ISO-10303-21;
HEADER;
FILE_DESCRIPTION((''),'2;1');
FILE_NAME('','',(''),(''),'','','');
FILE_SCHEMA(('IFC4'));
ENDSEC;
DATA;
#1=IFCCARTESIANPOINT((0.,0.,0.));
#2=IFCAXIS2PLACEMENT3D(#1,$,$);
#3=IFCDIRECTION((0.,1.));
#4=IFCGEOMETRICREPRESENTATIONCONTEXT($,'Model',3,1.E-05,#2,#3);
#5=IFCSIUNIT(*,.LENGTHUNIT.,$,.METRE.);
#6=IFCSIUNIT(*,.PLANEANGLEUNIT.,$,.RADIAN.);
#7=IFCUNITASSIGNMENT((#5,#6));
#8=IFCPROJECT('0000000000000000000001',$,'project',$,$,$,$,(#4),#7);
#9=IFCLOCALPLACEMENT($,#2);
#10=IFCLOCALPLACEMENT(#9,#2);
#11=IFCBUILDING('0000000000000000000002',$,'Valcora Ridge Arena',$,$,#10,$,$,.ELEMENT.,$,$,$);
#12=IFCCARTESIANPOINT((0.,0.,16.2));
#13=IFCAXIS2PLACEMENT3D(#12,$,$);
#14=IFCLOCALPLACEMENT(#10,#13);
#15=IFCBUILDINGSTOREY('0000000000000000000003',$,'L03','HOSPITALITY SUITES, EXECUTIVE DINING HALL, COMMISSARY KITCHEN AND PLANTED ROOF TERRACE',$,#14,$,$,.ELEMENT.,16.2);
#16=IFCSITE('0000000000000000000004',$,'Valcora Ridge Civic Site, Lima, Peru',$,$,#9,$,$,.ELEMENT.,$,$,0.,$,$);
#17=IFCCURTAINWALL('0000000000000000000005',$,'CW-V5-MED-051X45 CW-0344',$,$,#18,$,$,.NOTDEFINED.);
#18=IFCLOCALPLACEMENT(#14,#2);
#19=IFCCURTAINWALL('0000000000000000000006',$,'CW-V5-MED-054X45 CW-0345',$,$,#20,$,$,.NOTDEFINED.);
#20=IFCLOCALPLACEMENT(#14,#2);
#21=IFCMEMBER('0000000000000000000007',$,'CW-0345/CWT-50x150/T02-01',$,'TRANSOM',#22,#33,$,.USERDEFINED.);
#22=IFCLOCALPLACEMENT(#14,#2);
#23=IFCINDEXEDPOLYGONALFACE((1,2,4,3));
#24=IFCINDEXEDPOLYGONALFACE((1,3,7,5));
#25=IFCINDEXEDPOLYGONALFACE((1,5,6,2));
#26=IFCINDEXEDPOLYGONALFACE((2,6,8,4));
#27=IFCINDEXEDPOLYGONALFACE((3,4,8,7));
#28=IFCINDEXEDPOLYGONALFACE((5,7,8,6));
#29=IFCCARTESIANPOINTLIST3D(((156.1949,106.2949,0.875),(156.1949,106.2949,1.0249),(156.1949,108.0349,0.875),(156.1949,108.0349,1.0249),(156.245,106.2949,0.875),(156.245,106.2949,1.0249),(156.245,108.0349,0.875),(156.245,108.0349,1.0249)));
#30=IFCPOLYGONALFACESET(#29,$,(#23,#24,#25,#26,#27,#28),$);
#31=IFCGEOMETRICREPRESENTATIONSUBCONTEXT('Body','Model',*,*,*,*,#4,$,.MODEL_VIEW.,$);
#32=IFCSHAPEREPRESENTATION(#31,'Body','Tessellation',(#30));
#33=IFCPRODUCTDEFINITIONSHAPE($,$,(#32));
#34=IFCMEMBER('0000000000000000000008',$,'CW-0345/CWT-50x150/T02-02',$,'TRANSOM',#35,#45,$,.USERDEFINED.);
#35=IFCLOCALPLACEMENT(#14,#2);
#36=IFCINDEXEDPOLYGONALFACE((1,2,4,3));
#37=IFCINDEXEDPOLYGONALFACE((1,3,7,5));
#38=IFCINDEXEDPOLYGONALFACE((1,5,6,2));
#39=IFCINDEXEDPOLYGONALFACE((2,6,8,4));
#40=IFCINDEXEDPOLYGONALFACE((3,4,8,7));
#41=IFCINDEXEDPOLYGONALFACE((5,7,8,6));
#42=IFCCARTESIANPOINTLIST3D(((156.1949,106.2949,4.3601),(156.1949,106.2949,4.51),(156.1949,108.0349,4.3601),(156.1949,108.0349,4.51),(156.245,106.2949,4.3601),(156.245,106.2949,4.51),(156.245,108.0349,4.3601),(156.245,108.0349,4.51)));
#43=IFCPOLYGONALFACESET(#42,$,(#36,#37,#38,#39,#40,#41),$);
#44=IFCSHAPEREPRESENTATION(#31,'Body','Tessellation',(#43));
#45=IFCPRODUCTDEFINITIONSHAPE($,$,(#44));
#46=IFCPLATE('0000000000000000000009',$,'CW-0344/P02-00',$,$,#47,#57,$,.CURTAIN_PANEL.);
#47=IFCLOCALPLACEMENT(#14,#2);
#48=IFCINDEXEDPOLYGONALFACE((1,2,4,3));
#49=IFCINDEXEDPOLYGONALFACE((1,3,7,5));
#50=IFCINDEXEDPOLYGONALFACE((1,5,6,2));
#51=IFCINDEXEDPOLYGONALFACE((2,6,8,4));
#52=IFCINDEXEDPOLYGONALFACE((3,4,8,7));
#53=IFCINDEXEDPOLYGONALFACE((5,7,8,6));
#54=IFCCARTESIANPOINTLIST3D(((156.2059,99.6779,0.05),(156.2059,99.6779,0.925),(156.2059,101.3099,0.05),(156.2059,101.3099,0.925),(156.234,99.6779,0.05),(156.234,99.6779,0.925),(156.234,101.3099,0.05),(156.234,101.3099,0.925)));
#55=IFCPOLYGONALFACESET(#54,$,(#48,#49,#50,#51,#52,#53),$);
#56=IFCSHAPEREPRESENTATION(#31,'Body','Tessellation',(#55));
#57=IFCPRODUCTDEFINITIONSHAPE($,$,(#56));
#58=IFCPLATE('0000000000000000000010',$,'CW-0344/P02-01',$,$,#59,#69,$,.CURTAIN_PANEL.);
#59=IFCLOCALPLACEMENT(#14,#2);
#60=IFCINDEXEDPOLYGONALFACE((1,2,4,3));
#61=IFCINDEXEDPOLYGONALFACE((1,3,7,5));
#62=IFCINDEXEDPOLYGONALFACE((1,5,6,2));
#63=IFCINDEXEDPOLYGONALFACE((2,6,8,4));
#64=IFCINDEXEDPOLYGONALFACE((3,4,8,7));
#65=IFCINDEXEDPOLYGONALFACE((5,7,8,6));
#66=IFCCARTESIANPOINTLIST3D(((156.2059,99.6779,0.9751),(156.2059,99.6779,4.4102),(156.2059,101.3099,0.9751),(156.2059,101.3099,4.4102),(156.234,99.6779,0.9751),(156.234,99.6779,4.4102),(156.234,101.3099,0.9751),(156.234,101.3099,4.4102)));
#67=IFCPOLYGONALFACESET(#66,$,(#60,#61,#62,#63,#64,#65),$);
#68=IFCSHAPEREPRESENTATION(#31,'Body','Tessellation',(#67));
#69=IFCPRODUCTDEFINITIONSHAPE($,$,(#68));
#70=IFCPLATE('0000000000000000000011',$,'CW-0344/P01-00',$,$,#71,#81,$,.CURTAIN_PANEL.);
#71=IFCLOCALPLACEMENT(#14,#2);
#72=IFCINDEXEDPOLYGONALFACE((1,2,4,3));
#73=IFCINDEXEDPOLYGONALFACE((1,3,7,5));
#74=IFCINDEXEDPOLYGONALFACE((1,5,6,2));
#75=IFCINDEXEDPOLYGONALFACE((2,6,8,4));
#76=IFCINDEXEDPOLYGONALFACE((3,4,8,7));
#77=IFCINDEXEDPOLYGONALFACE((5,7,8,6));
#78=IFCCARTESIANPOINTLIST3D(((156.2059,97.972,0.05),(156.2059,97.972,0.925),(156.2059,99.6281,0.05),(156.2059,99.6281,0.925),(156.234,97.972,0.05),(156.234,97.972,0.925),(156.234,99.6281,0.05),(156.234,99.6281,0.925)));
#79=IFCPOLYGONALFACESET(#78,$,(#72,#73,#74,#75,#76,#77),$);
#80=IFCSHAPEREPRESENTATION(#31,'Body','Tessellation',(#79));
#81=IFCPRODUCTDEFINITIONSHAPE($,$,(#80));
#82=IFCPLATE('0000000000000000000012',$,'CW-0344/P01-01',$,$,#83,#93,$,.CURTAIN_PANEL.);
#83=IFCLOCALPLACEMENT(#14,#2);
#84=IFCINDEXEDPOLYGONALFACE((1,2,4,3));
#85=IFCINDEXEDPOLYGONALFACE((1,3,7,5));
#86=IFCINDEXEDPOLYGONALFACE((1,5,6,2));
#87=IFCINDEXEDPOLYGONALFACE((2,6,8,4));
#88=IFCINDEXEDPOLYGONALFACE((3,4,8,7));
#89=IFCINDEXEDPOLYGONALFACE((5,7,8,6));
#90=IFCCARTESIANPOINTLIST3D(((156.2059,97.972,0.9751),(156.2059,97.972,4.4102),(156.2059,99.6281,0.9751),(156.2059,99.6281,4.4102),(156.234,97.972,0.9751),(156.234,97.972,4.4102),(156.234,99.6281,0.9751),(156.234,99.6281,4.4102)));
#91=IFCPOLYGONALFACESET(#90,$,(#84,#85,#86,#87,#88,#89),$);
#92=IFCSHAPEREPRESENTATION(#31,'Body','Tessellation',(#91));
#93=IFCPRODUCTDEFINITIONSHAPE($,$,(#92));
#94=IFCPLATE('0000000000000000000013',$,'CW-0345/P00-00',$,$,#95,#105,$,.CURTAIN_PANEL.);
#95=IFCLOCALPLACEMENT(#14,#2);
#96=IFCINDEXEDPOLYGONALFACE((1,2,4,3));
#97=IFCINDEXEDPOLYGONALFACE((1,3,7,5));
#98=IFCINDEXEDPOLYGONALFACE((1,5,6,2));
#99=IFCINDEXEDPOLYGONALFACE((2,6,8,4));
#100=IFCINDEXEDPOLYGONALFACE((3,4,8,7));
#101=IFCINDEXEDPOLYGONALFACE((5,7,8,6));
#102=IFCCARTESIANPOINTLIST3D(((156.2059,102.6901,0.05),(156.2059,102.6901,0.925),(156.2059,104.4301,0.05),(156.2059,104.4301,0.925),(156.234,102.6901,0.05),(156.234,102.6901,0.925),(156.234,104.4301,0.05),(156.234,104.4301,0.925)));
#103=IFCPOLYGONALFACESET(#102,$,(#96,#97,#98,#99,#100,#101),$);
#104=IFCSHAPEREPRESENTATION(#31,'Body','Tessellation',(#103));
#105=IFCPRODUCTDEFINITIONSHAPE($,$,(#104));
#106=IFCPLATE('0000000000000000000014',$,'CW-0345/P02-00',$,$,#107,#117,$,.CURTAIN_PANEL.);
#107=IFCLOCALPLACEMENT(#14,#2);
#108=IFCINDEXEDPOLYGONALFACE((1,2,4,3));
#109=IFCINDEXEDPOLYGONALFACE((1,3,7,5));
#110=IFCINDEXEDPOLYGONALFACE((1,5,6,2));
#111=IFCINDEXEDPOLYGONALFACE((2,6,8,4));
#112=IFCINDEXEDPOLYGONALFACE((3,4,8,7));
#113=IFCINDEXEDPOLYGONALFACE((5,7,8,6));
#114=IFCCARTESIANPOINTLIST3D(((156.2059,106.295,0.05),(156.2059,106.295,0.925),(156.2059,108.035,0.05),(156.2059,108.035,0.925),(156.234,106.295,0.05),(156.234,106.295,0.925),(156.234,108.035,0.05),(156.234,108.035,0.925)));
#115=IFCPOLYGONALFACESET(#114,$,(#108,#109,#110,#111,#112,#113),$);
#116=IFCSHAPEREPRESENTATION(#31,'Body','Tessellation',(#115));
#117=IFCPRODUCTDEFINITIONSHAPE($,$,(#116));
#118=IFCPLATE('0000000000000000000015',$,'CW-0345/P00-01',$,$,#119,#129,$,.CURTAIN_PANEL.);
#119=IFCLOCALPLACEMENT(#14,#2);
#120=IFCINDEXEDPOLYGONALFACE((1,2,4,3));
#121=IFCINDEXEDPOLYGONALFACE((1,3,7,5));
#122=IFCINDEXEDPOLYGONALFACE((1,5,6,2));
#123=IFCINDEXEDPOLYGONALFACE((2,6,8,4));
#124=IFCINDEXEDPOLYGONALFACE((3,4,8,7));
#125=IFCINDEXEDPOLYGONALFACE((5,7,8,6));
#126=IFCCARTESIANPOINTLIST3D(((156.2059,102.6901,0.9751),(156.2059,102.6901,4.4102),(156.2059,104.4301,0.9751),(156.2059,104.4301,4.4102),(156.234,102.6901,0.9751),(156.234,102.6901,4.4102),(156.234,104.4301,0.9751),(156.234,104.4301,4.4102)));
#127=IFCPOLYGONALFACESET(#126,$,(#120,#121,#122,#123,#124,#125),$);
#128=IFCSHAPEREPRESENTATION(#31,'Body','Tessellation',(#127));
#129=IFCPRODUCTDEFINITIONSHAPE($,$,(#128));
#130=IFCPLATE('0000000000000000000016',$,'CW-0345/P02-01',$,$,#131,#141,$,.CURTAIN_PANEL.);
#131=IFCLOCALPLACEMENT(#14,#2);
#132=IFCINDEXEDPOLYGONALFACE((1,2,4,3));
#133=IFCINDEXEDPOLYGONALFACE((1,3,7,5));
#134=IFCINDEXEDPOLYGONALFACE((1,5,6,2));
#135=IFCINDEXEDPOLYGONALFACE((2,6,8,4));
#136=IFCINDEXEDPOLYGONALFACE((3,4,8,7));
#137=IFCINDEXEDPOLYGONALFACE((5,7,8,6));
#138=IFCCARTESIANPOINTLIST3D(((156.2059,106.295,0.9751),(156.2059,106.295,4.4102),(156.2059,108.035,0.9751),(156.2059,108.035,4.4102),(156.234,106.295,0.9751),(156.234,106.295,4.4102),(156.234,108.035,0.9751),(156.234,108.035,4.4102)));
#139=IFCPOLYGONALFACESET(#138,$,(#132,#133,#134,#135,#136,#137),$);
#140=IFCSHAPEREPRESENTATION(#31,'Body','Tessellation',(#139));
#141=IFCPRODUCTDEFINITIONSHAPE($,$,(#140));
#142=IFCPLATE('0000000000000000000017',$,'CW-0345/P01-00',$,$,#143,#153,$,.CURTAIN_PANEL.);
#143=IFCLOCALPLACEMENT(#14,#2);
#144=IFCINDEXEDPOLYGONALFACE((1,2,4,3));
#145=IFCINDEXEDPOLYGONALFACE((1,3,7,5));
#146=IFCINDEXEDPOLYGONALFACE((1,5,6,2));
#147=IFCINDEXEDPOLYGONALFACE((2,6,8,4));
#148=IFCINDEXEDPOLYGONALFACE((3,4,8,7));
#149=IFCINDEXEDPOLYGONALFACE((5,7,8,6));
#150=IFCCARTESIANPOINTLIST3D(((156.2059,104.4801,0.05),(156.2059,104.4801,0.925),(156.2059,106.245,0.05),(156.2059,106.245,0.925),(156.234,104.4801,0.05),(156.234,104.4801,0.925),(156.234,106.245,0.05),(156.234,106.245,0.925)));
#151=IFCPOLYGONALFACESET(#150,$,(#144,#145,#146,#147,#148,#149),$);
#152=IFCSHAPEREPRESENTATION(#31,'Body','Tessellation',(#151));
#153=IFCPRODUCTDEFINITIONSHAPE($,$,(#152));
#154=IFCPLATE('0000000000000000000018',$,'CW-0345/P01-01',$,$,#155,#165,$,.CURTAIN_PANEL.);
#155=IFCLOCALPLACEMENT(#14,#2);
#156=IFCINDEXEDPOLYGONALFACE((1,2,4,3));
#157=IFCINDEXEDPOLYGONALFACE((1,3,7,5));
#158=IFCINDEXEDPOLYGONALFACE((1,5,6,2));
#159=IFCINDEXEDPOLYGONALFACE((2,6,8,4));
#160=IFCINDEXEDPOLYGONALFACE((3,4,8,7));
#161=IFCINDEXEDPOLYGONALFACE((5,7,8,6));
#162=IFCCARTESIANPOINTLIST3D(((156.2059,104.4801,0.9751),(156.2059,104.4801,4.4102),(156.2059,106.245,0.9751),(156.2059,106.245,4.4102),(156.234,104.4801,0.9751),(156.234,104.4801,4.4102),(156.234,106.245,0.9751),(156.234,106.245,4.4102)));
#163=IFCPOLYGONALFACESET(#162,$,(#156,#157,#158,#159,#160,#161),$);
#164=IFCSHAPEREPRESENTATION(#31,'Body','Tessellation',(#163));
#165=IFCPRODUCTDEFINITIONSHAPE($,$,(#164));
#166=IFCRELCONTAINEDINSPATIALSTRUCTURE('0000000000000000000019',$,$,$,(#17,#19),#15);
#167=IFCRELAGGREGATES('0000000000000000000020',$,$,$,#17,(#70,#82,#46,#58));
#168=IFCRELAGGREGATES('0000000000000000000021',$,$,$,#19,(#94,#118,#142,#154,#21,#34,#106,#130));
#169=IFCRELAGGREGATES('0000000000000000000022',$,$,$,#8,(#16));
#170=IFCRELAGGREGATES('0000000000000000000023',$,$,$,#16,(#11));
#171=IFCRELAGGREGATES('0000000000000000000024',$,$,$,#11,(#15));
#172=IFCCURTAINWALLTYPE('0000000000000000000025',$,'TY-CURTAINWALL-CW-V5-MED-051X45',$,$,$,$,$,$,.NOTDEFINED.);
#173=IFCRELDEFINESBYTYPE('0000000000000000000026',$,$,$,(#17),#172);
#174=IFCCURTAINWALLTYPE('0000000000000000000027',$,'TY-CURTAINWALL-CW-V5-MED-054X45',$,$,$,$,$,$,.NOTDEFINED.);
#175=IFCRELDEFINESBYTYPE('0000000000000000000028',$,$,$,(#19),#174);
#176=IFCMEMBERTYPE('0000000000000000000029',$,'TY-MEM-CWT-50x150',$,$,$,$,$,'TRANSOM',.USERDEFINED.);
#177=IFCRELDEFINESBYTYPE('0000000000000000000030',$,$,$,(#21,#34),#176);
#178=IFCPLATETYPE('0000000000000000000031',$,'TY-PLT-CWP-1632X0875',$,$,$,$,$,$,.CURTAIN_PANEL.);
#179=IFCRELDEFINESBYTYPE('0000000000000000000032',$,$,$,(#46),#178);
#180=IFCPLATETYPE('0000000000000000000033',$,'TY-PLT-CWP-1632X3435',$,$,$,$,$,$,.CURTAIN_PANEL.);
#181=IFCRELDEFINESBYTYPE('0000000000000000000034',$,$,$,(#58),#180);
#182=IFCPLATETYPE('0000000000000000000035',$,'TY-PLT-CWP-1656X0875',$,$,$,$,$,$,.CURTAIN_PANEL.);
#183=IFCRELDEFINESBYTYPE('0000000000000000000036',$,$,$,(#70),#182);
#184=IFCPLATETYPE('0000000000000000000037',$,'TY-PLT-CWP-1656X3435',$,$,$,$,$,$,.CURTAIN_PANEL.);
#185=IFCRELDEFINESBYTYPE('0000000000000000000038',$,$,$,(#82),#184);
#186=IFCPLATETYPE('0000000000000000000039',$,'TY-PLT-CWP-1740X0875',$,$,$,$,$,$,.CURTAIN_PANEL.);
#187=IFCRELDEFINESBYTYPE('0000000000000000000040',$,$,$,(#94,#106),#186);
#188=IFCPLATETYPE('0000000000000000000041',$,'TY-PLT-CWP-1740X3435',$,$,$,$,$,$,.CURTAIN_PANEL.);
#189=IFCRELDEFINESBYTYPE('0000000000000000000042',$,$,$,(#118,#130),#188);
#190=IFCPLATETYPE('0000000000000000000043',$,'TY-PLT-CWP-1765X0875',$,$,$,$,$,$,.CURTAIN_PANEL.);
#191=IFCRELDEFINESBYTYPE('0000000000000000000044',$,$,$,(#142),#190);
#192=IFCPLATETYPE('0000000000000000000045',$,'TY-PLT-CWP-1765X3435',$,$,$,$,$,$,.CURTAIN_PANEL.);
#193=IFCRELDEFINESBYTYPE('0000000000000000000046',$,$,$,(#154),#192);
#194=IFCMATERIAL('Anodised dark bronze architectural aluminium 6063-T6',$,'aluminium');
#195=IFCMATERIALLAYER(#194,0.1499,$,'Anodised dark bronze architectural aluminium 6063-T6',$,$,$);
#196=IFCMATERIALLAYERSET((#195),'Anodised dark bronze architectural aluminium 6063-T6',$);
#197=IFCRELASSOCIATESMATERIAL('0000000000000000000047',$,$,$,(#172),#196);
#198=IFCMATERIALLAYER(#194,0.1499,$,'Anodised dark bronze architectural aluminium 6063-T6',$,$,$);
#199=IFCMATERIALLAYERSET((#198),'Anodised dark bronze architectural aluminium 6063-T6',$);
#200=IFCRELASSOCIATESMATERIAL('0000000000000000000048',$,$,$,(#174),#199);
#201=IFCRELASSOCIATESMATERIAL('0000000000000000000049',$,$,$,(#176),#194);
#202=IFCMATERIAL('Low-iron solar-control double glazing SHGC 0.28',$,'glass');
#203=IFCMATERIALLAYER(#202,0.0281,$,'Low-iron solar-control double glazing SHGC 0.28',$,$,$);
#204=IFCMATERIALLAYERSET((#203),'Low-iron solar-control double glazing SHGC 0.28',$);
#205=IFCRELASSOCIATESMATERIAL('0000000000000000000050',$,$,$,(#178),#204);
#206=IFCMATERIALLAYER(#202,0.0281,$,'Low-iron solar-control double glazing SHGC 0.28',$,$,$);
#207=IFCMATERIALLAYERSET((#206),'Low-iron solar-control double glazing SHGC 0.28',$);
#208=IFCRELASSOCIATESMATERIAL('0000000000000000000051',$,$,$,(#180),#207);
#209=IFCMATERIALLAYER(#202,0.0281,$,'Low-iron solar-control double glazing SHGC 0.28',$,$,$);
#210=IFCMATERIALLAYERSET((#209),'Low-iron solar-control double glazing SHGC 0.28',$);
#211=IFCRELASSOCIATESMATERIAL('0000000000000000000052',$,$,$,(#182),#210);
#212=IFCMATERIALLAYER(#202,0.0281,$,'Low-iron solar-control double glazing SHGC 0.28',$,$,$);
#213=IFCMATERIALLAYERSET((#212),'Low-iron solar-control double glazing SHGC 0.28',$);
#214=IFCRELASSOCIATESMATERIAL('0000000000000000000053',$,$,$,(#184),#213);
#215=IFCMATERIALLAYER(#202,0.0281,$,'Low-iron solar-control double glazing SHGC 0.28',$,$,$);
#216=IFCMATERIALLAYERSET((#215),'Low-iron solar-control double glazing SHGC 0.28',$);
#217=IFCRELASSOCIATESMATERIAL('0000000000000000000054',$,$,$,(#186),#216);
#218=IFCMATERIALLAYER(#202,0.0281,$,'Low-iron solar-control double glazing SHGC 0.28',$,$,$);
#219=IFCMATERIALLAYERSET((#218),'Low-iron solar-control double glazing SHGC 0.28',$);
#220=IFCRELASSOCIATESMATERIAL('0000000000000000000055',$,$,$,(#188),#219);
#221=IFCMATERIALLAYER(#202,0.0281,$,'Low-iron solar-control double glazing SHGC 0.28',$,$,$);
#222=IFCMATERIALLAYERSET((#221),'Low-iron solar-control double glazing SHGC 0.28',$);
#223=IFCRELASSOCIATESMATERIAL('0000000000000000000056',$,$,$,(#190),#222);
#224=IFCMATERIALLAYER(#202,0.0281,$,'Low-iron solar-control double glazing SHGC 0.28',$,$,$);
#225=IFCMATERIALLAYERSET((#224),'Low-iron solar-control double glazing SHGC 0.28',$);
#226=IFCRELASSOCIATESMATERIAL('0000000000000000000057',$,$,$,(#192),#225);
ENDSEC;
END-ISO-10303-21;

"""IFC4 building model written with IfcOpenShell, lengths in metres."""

from ifc_helpers import new_model, si_unit, direction, frame, origin, origin_2d, place, context, subcontext, project, spatial, rectangle, extrude, material, layer, layer_set, material_profile, profile_set, type_object, element, aggregate, save


model = new_model("IFC4")

# Units and contexts
model_context = context("Model", 3, precision=1e-05, world=origin(), true_north=direction((0.0, 1.0)))
body_context = subcontext(model_context, "Body", "Model", "MODEL_VIEW")
ifc_project = project(units=[si_unit("LENGTHUNIT", "METRE"), si_unit("PLANEANGLEUNIT", "RADIAN")], contexts=[model_context])

# Site, building, storey
site_placement = place(None, origin())
site = spatial("IfcSite", under=ifc_project, at=site_placement, Name="Valcora Ridge Civic Site, Lima, Peru", CompositionType="ELEMENT", RefElevation=0.0)
building_placement = place(site_placement, origin())
building = spatial("IfcBuilding", under=site, at=building_placement, Name="Valcora Ridge Arena", CompositionType="ELEMENT")
storey_placement = place(building_placement, frame((0.0, 0.0, 16.2)))
storey = spatial("IfcBuildingStorey", under=building, at=storey_placement, Name="L03", Description="HOSPITALITY SUITES, EXECUTIVE DINING HALL, COMMISSARY KITCHEN AND PLANTED ROOF TERRACE", CompositionType="ELEMENT", Elevation=16.2)

# Curtain walls
ifc_material_1 = material(Name="Anodised dark bronze architectural aluminium 6063-T6", Category="aluminium")
ifc_layer_1 = layer(ifc_material_1, 0.1499, Name="Anodised dark bronze architectural aluminium 6063-T6")
ifc_layer_set_1 = layer_set([ifc_layer_1], Name="Anodised dark bronze architectural aluminium 6063-T6")
curtain_wall_type_1 = type_object("IfcCurtainWallType", Name="TY-CURTAINWALL-CW-V5-MED-051X45", PredefinedType="NOTDEFINED", material=ifc_layer_set_1)
curtain_wall_1_placement = place(storey_placement, origin())
curtain_wall_1 = element("IfcCurtainWall", 1, at=curtain_wall_1_placement, inside=storey, type_object=curtain_wall_type_1, Name="CW-V5-MED-051X45 CW-0344", PredefinedType="NOTDEFINED")
ifc_layer_2 = layer(ifc_material_1, 0.1499, Name="Anodised dark bronze architectural aluminium 6063-T6")
ifc_layer_set_2 = layer_set([ifc_layer_2], Name="Anodised dark bronze architectural aluminium 6063-T6")
curtain_wall_type_2 = type_object("IfcCurtainWallType", Name="TY-CURTAINWALL-CW-V5-MED-054X45", PredefinedType="NOTDEFINED", material=ifc_layer_set_2)
curtain_wall_2_placement = place(storey_placement, origin())
curtain_wall_2 = element("IfcCurtainWall", 2, at=curtain_wall_2_placement, inside=storey, type_object=curtain_wall_type_2, Name="CW-V5-MED-054X45 CW-0345", PredefinedType="NOTDEFINED")

# Members
ifc_material_profile_1 = material_profile(ifc_material_1, rectangle(XDim=0.05, YDim=0.1499, at=origin_2d()), Name="ALU TRANSOM 50x150")
ifc_profile_set_1 = profile_set([ifc_material_profile_1], Name="Anodised dark bronze architectural aluminium 6063-T6")
member_type_1 = type_object("IfcMemberType", Name="TY-MEM-CWT-50x150", ElementType="TRANSOM", PredefinedType="USERDEFINED", material=ifc_profile_set_1)
member_1_placement = place(storey_placement, frame((156.22, 106.2949, 0.95), z_axis=(0.0, 1.0, 0.0), x_axis=(-1.0, 0.0, 0.0)))
member_1 = element("IfcMember", 3, at=member_1_placement, type_object=member_type_1, Name="CW-0345/CWT-50x150/T02-01", ObjectType="TRANSOM", PredefinedType="USERDEFINED", context=body_context, shape_type="SweptSolid", body=[
    extrude(rectangle(XDim=0.05, YDim=0.1499, at=origin_2d()), origin(), (0.0, 0.0, 1.0), 1.74),
])
member_2_placement = place(storey_placement, frame((156.22, 106.2949, 4.4351), z_axis=(0.0, 1.0, 0.0), x_axis=(-1.0, 0.0, 0.0)))
member_2 = element("IfcMember", 4, at=member_2_placement, type_object=member_type_1, Name="CW-0345/CWT-50x150/T02-02", ObjectType="TRANSOM", PredefinedType="USERDEFINED", context=body_context, shape_type="SweptSolid", body=[
    extrude(rectangle(XDim=0.05, YDim=0.1499, at=origin_2d()), origin(), (0.0, 0.0, 1.0), 1.74),
])

# Plates
ifc_material_2 = material(Name="Low-iron solar-control double glazing SHGC 0.28", Category="glass")
ifc_layer_3 = layer(ifc_material_2, 0.0281, Name="Low-iron solar-control double glazing SHGC 0.28")
ifc_layer_set_3 = layer_set([ifc_layer_3], Name="Low-iron solar-control double glazing SHGC 0.28")
plate_type_1 = type_object("IfcPlateType", Name="TY-PLT-CWP-1632X0875", PredefinedType="CURTAIN_PANEL", material=ifc_layer_set_3)
plate_1_placement = place(storey_placement, frame((156.22, 100.4939, 0.05), z_axis=(0.0, 0.0, 1.0), x_axis=(0.0, 1.0, 0.0)))
plate_1 = element("IfcPlate", 5, at=plate_1_placement, type_object=plate_type_1, Name="CW-0344/P02-00", PredefinedType="CURTAIN_PANEL", context=body_context, shape_type="SweptSolid", body=[
    extrude(rectangle(XDim=1.6321, YDim=0.0281, at=origin_2d()), origin(), (0.0, 0.0, 1.0), 0.875),
])
ifc_layer_4 = layer(ifc_material_2, 0.0281, Name="Low-iron solar-control double glazing SHGC 0.28")
ifc_layer_set_4 = layer_set([ifc_layer_4], Name="Low-iron solar-control double glazing SHGC 0.28")
plate_type_2 = type_object("IfcPlateType", Name="TY-PLT-CWP-1632X3435", PredefinedType="CURTAIN_PANEL", material=ifc_layer_set_4)
plate_2_placement = place(storey_placement, frame((156.22, 100.4939, 0.9751), z_axis=(0.0, 0.0, 1.0), x_axis=(0.0, 1.0, 0.0)))
plate_2 = element("IfcPlate", 6, at=plate_2_placement, type_object=plate_type_2, Name="CW-0344/P02-01", PredefinedType="CURTAIN_PANEL", context=body_context, shape_type="SweptSolid", body=[
    extrude(rectangle(XDim=1.6321, YDim=0.0281, at=origin_2d()), origin(), (0.0, 0.0, 1.0), 3.4351),
])
ifc_layer_5 = layer(ifc_material_2, 0.0281, Name="Low-iron solar-control double glazing SHGC 0.28")
ifc_layer_set_5 = layer_set([ifc_layer_5], Name="Low-iron solar-control double glazing SHGC 0.28")
plate_type_3 = type_object("IfcPlateType", Name="TY-PLT-CWP-1656X0875", PredefinedType="CURTAIN_PANEL", material=ifc_layer_set_5)
plate_3_placement = place(storey_placement, frame((156.22, 98.8, 0.05), z_axis=(0.0, 0.0, 1.0), x_axis=(0.0, 1.0, 0.0)))
plate_3 = element("IfcPlate", 7, at=plate_3_placement, type_object=plate_type_3, Name="CW-0344/P01-00", PredefinedType="CURTAIN_PANEL", context=body_context, shape_type="SweptSolid", body=[
    extrude(rectangle(XDim=1.656, YDim=0.0281, at=origin_2d()), origin(), (0.0, 0.0, 1.0), 0.875),
])
ifc_layer_6 = layer(ifc_material_2, 0.0281, Name="Low-iron solar-control double glazing SHGC 0.28")
ifc_layer_set_6 = layer_set([ifc_layer_6], Name="Low-iron solar-control double glazing SHGC 0.28")
plate_type_4 = type_object("IfcPlateType", Name="TY-PLT-CWP-1656X3435", PredefinedType="CURTAIN_PANEL", material=ifc_layer_set_6)
plate_4_placement = place(storey_placement, frame((156.22, 98.8, 0.9751), z_axis=(0.0, 0.0, 1.0), x_axis=(0.0, 1.0, 0.0)))
plate_4 = element("IfcPlate", 8, at=plate_4_placement, type_object=plate_type_4, Name="CW-0344/P01-01", PredefinedType="CURTAIN_PANEL", context=body_context, shape_type="SweptSolid", body=[
    extrude(rectangle(XDim=1.656, YDim=0.0281, at=origin_2d()), origin(), (0.0, 0.0, 1.0), 3.4351),
])
aggregate(curtain_wall_1, [plate_3, plate_4, plate_1, plate_2])
ifc_layer_7 = layer(ifc_material_2, 0.0281, Name="Low-iron solar-control double glazing SHGC 0.28")
ifc_layer_set_7 = layer_set([ifc_layer_7], Name="Low-iron solar-control double glazing SHGC 0.28")
plate_type_5 = type_object("IfcPlateType", Name="TY-PLT-CWP-1740X0875", PredefinedType="CURTAIN_PANEL", material=ifc_layer_set_7)
plate_5_placement = place(storey_placement, frame((156.22, 103.5601, 0.05), z_axis=(0.0, 0.0, 1.0), x_axis=(0.0, 1.0, 0.0)))
plate_5 = element("IfcPlate", 9, at=plate_5_placement, type_object=plate_type_5, Name="CW-0345/P00-00", PredefinedType="CURTAIN_PANEL", context=body_context, shape_type="SweptSolid", body=[
    extrude(rectangle(XDim=1.74, YDim=0.0281, at=origin_2d()), origin(), (0.0, 0.0, 1.0), 0.875),
])
plate_6_placement = place(storey_placement, frame((156.22, 107.165, 0.05), z_axis=(0.0, 0.0, 1.0), x_axis=(0.0, 1.0, 0.0)))
plate_6 = element("IfcPlate", 10, at=plate_6_placement, type_object=plate_type_5, Name="CW-0345/P02-00", PredefinedType="CURTAIN_PANEL", context=body_context, shape_type="SweptSolid", body=[
    extrude(rectangle(XDim=1.74, YDim=0.0281, at=origin_2d()), origin(), (0.0, 0.0, 1.0), 0.875),
])
ifc_layer_8 = layer(ifc_material_2, 0.0281, Name="Low-iron solar-control double glazing SHGC 0.28")
ifc_layer_set_8 = layer_set([ifc_layer_8], Name="Low-iron solar-control double glazing SHGC 0.28")
plate_type_6 = type_object("IfcPlateType", Name="TY-PLT-CWP-1740X3435", PredefinedType="CURTAIN_PANEL", material=ifc_layer_set_8)
plate_7_placement = place(storey_placement, frame((156.22, 103.5601, 0.9751), z_axis=(0.0, 0.0, 1.0), x_axis=(0.0, 1.0, 0.0)))
plate_7 = element("IfcPlate", 11, at=plate_7_placement, type_object=plate_type_6, Name="CW-0345/P00-01", PredefinedType="CURTAIN_PANEL", context=body_context, shape_type="SweptSolid", body=[
    extrude(rectangle(XDim=1.74, YDim=0.0281, at=origin_2d()), origin(), (0.0, 0.0, 1.0), 3.4351),
])
plate_8_placement = place(storey_placement, frame((156.22, 107.165, 0.9751), z_axis=(0.0, 0.0, 1.0), x_axis=(0.0, 1.0, 0.0)))
plate_8 = element("IfcPlate", 12, at=plate_8_placement, type_object=plate_type_6, Name="CW-0345/P02-01", PredefinedType="CURTAIN_PANEL", context=body_context, shape_type="SweptSolid", body=[
    extrude(rectangle(XDim=1.74, YDim=0.0281, at=origin_2d()), origin(), (0.0, 0.0, 1.0), 3.4351),
])
ifc_layer_9 = layer(ifc_material_2, 0.0281, Name="Low-iron solar-control double glazing SHGC 0.28")
ifc_layer_set_9 = layer_set([ifc_layer_9], Name="Low-iron solar-control double glazing SHGC 0.28")
plate_type_7 = type_object("IfcPlateType", Name="TY-PLT-CWP-1765X0875", PredefinedType="CURTAIN_PANEL", material=ifc_layer_set_9)
plate_9_placement = place(storey_placement, frame((156.22, 105.3625, 0.05), z_axis=(0.0, 0.0, 1.0), x_axis=(0.0, 1.0, 0.0)))
plate_9 = element("IfcPlate", 13, at=plate_9_placement, type_object=plate_type_7, Name="CW-0345/P01-00", PredefinedType="CURTAIN_PANEL", context=body_context, shape_type="SweptSolid", body=[
    extrude(rectangle(XDim=1.7649, YDim=0.0281, at=origin_2d()), origin(), (0.0, 0.0, 1.0), 0.875),
])
ifc_layer_10 = layer(ifc_material_2, 0.0281, Name="Low-iron solar-control double glazing SHGC 0.28")
ifc_layer_set_10 = layer_set([ifc_layer_10], Name="Low-iron solar-control double glazing SHGC 0.28")
plate_type_8 = type_object("IfcPlateType", Name="TY-PLT-CWP-1765X3435", PredefinedType="CURTAIN_PANEL", material=ifc_layer_set_10)
plate_10_placement = place(storey_placement, frame((156.22, 105.3625, 0.9751), z_axis=(0.0, 0.0, 1.0), x_axis=(0.0, 1.0, 0.0)))
plate_10 = element("IfcPlate", 14, at=plate_10_placement, type_object=plate_type_8, Name="CW-0345/P01-01", PredefinedType="CURTAIN_PANEL", context=body_context, shape_type="SweptSolid", body=[
    extrude(rectangle(XDim=1.7649, YDim=0.0281, at=origin_2d()), origin(), (0.0, 0.0, 1.0), 3.4351),
])
aggregate(curtain_wall_2, [plate_5, plate_7, plate_9, plate_10, member_1, member_2, plate_6, plate_8])

save(model, "model.ifc")
